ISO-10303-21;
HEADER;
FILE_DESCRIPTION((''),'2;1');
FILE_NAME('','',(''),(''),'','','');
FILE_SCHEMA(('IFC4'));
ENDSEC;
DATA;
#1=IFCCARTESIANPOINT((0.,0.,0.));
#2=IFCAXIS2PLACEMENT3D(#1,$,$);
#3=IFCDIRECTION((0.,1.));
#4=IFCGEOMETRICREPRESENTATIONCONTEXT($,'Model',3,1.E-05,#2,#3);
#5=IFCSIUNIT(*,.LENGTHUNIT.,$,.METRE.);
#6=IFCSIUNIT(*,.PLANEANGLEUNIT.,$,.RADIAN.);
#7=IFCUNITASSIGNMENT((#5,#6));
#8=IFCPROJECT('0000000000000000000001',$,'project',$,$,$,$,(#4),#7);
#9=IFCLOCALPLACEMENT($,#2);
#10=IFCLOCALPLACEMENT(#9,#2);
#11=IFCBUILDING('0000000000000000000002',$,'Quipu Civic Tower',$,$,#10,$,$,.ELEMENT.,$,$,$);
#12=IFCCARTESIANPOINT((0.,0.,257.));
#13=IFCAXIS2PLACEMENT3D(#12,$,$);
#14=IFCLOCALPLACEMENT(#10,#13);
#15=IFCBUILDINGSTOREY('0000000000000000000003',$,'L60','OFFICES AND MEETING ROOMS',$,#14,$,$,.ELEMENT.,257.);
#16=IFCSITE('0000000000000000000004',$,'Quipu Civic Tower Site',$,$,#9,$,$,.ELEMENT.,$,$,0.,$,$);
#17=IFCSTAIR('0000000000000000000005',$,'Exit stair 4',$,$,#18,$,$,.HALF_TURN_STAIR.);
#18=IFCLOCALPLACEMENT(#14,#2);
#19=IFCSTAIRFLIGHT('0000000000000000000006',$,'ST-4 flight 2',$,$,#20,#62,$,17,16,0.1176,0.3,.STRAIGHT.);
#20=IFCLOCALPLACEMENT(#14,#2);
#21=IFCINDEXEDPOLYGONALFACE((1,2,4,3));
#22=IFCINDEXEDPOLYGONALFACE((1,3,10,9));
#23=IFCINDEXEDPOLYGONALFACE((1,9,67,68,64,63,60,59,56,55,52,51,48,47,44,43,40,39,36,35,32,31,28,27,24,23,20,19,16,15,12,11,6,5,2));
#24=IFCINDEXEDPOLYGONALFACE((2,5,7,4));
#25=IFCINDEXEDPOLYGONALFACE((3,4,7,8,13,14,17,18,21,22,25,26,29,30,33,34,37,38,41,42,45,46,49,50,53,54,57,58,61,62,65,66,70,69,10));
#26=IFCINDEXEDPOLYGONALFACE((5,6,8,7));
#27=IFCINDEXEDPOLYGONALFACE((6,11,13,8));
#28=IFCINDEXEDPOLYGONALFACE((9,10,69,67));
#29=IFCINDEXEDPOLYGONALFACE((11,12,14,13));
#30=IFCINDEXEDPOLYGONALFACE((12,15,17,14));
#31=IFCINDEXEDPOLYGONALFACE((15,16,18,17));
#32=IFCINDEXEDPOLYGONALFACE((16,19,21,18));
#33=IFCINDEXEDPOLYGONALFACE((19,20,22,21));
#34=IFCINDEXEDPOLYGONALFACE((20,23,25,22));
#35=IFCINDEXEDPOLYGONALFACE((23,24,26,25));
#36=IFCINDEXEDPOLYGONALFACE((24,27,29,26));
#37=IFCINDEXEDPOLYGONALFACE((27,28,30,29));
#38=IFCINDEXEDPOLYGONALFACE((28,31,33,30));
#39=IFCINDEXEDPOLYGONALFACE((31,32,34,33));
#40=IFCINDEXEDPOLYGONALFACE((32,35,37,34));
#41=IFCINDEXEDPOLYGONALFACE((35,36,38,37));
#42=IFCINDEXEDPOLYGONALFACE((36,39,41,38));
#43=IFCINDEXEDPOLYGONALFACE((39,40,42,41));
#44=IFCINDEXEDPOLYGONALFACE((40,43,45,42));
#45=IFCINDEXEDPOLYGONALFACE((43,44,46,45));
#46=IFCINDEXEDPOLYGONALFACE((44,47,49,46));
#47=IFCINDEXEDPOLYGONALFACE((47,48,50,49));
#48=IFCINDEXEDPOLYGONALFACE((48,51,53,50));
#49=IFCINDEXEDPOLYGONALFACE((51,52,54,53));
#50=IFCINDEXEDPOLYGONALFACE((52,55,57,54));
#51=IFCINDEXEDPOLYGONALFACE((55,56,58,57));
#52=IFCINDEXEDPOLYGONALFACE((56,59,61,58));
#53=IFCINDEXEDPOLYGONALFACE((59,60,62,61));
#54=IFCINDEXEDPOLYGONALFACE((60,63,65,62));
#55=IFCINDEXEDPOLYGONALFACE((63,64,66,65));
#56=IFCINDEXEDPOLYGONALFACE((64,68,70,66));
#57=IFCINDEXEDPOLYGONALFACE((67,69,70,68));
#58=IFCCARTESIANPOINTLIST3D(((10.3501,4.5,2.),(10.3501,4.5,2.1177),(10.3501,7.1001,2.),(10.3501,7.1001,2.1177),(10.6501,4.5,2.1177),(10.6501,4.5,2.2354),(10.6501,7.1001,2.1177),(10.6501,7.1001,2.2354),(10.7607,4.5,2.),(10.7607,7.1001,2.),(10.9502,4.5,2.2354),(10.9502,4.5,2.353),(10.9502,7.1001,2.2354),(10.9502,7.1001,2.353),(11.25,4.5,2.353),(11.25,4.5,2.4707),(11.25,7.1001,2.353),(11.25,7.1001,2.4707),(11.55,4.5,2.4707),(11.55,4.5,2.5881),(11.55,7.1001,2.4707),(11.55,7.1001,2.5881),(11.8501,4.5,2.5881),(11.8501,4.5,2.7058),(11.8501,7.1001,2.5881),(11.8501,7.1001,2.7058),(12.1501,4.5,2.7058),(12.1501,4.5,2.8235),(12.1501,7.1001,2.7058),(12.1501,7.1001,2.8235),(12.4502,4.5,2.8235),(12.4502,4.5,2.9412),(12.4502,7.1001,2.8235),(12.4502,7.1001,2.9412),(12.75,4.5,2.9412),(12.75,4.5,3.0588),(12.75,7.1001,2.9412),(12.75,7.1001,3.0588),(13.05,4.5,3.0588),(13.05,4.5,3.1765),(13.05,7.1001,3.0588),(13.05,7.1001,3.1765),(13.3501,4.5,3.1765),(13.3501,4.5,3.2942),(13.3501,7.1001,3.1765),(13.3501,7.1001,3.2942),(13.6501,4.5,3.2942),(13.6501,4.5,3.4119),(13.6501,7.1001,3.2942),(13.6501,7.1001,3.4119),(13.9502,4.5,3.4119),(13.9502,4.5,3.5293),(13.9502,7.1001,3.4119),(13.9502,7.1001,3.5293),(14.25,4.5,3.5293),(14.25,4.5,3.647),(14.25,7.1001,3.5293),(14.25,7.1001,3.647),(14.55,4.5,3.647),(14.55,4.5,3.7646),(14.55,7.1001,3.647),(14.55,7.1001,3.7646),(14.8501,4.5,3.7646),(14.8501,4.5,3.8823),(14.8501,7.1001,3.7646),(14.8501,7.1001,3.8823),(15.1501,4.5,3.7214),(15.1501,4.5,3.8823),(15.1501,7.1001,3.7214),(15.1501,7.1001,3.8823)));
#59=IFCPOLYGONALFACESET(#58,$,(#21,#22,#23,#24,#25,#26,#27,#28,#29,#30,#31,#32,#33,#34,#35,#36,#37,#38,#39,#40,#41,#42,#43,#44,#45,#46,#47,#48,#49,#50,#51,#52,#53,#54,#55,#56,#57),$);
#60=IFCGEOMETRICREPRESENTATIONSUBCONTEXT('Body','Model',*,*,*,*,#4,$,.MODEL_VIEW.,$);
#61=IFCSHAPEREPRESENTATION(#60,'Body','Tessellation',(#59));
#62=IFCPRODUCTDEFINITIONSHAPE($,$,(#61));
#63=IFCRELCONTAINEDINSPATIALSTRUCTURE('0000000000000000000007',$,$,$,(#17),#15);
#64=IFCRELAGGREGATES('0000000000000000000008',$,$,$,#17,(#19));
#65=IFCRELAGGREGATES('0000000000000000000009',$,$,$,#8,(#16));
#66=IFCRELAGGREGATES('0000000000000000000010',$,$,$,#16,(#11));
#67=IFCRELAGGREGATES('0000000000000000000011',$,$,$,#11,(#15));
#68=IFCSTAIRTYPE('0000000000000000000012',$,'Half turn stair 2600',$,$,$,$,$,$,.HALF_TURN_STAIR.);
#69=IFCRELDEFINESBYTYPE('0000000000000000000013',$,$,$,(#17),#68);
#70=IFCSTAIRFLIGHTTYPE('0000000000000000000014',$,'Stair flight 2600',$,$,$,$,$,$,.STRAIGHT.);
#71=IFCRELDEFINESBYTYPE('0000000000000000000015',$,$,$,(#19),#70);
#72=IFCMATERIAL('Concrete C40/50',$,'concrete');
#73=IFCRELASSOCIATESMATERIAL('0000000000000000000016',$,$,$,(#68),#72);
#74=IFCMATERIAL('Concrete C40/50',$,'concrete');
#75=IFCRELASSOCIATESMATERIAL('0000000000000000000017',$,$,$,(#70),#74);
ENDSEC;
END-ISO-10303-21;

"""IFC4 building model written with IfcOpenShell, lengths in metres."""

from ifc_helpers import new_model, si_unit, direction, frame, origin, place, context, subcontext, project, spatial, polyline, outline, extrude, material, type_object, element, aggregate, save


model = new_model("IFC4")

# Units and contexts
model_context = context("Model", 3, precision=1e-05, world=origin(), true_north=direction((0.0, 1.0)))
body_context = subcontext(model_context, "Body", "Model", "MODEL_VIEW")
ifc_project = project(units=[si_unit("LENGTHUNIT", "METRE"), si_unit("PLANEANGLEUNIT", "RADIAN")], contexts=[model_context])

# Site, building, storey
site_placement = place(None, origin())
site = spatial("IfcSite", under=ifc_project, at=site_placement, Name="Quipu Civic Tower Site", CompositionType="ELEMENT", RefElevation=0.0)
building_placement = place(site_placement, origin())
building = spatial("IfcBuilding", under=site, at=building_placement, Name="Quipu Civic Tower", CompositionType="ELEMENT")
storey_placement = place(building_placement, frame((0.0, 0.0, 257.0)))
storey = spatial("IfcBuildingStorey", under=building, at=storey_placement, Name="L60", Description="OFFICES AND MEETING ROOMS", CompositionType="ELEMENT", Elevation=257.0)

# Stair, stair flight
ifc_material_1 = material(Name="Concrete C40/50", Category="concrete")
stair_type = type_object("IfcStairType", Name="Half turn stair 2600", PredefinedType="HALF_TURN_STAIR", material=ifc_material_1)
stair_placement = place(storey_placement, origin())
stair = element("IfcStair", 1, at=stair_placement, inside=storey, type_object=stair_type, Name="Exit stair 4", PredefinedType="HALF_TURN_STAIR")
ifc_material_2 = material(Name="Concrete C40/50", Category="concrete")
stair_flight_type = type_object("IfcStairFlightType", Name="Stair flight 2600", PredefinedType="STRAIGHT", material=ifc_material_2)
stair_flight_1_placement = place(storey_placement, frame((10.3501, 5.8, 2.0), z_axis=(0.0, 0.0, 1.0), x_axis=(1.0, 0.0, 0.0)))
stair_flight_1 = element("IfcStairFlight", 2, at=stair_flight_1_placement, type_object=stair_flight_type, Name="ST-4 flight 2", NumberOfRisers=17, NumberOfTreads=16, PredefinedType="STRAIGHT", RiserHeight=0.1176, TreadLength=0.3, context=body_context, shape_type="SweptSolid", body=[
    extrude(outline(polyline([(0.0, 0.0), (0.0, 0.1177), (0.3, 0.1177), (0.3, 0.2354), (0.6001, 0.2354), (0.6001, 0.353), (0.8999, 0.353), (0.8999, 0.4707), (1.2, 0.4707), (1.2, 0.5881), (1.5, 0.5881), (1.5, 0.7058), (1.8, 0.7058), (1.8, 0.8235), (2.1001, 0.8235), (2.1001, 0.9412), (2.3999, 0.9412), (2.3999, 1.0588), (2.7, 1.0588), (2.7, 1.1765), (3.0, 1.1765), (3.0, 1.2942), (3.3, 1.2942), (3.3, 1.4119), (3.6001, 1.4119), (3.6001, 1.5293), (3.8999, 1.5293), (3.8999, 1.647), (4.2, 1.647), (4.2, 1.7646), (4.5, 1.7646), (4.5, 1.8823), (4.8, 1.8823), (4.8, 2.0), (4.8, 1.7214), (0.4106, 0.0), (0.0, 0.0)])), frame((0.0, 1.3, 0.0), z_axis=(0.0, -1.0, 0.0), x_axis=(1.0, 0.0, 0.0)), (0.0, 0.0, 1.0), 2.6001),
])
aggregate(stair, [stair_flight_1])

save(model, "model.ifc")
